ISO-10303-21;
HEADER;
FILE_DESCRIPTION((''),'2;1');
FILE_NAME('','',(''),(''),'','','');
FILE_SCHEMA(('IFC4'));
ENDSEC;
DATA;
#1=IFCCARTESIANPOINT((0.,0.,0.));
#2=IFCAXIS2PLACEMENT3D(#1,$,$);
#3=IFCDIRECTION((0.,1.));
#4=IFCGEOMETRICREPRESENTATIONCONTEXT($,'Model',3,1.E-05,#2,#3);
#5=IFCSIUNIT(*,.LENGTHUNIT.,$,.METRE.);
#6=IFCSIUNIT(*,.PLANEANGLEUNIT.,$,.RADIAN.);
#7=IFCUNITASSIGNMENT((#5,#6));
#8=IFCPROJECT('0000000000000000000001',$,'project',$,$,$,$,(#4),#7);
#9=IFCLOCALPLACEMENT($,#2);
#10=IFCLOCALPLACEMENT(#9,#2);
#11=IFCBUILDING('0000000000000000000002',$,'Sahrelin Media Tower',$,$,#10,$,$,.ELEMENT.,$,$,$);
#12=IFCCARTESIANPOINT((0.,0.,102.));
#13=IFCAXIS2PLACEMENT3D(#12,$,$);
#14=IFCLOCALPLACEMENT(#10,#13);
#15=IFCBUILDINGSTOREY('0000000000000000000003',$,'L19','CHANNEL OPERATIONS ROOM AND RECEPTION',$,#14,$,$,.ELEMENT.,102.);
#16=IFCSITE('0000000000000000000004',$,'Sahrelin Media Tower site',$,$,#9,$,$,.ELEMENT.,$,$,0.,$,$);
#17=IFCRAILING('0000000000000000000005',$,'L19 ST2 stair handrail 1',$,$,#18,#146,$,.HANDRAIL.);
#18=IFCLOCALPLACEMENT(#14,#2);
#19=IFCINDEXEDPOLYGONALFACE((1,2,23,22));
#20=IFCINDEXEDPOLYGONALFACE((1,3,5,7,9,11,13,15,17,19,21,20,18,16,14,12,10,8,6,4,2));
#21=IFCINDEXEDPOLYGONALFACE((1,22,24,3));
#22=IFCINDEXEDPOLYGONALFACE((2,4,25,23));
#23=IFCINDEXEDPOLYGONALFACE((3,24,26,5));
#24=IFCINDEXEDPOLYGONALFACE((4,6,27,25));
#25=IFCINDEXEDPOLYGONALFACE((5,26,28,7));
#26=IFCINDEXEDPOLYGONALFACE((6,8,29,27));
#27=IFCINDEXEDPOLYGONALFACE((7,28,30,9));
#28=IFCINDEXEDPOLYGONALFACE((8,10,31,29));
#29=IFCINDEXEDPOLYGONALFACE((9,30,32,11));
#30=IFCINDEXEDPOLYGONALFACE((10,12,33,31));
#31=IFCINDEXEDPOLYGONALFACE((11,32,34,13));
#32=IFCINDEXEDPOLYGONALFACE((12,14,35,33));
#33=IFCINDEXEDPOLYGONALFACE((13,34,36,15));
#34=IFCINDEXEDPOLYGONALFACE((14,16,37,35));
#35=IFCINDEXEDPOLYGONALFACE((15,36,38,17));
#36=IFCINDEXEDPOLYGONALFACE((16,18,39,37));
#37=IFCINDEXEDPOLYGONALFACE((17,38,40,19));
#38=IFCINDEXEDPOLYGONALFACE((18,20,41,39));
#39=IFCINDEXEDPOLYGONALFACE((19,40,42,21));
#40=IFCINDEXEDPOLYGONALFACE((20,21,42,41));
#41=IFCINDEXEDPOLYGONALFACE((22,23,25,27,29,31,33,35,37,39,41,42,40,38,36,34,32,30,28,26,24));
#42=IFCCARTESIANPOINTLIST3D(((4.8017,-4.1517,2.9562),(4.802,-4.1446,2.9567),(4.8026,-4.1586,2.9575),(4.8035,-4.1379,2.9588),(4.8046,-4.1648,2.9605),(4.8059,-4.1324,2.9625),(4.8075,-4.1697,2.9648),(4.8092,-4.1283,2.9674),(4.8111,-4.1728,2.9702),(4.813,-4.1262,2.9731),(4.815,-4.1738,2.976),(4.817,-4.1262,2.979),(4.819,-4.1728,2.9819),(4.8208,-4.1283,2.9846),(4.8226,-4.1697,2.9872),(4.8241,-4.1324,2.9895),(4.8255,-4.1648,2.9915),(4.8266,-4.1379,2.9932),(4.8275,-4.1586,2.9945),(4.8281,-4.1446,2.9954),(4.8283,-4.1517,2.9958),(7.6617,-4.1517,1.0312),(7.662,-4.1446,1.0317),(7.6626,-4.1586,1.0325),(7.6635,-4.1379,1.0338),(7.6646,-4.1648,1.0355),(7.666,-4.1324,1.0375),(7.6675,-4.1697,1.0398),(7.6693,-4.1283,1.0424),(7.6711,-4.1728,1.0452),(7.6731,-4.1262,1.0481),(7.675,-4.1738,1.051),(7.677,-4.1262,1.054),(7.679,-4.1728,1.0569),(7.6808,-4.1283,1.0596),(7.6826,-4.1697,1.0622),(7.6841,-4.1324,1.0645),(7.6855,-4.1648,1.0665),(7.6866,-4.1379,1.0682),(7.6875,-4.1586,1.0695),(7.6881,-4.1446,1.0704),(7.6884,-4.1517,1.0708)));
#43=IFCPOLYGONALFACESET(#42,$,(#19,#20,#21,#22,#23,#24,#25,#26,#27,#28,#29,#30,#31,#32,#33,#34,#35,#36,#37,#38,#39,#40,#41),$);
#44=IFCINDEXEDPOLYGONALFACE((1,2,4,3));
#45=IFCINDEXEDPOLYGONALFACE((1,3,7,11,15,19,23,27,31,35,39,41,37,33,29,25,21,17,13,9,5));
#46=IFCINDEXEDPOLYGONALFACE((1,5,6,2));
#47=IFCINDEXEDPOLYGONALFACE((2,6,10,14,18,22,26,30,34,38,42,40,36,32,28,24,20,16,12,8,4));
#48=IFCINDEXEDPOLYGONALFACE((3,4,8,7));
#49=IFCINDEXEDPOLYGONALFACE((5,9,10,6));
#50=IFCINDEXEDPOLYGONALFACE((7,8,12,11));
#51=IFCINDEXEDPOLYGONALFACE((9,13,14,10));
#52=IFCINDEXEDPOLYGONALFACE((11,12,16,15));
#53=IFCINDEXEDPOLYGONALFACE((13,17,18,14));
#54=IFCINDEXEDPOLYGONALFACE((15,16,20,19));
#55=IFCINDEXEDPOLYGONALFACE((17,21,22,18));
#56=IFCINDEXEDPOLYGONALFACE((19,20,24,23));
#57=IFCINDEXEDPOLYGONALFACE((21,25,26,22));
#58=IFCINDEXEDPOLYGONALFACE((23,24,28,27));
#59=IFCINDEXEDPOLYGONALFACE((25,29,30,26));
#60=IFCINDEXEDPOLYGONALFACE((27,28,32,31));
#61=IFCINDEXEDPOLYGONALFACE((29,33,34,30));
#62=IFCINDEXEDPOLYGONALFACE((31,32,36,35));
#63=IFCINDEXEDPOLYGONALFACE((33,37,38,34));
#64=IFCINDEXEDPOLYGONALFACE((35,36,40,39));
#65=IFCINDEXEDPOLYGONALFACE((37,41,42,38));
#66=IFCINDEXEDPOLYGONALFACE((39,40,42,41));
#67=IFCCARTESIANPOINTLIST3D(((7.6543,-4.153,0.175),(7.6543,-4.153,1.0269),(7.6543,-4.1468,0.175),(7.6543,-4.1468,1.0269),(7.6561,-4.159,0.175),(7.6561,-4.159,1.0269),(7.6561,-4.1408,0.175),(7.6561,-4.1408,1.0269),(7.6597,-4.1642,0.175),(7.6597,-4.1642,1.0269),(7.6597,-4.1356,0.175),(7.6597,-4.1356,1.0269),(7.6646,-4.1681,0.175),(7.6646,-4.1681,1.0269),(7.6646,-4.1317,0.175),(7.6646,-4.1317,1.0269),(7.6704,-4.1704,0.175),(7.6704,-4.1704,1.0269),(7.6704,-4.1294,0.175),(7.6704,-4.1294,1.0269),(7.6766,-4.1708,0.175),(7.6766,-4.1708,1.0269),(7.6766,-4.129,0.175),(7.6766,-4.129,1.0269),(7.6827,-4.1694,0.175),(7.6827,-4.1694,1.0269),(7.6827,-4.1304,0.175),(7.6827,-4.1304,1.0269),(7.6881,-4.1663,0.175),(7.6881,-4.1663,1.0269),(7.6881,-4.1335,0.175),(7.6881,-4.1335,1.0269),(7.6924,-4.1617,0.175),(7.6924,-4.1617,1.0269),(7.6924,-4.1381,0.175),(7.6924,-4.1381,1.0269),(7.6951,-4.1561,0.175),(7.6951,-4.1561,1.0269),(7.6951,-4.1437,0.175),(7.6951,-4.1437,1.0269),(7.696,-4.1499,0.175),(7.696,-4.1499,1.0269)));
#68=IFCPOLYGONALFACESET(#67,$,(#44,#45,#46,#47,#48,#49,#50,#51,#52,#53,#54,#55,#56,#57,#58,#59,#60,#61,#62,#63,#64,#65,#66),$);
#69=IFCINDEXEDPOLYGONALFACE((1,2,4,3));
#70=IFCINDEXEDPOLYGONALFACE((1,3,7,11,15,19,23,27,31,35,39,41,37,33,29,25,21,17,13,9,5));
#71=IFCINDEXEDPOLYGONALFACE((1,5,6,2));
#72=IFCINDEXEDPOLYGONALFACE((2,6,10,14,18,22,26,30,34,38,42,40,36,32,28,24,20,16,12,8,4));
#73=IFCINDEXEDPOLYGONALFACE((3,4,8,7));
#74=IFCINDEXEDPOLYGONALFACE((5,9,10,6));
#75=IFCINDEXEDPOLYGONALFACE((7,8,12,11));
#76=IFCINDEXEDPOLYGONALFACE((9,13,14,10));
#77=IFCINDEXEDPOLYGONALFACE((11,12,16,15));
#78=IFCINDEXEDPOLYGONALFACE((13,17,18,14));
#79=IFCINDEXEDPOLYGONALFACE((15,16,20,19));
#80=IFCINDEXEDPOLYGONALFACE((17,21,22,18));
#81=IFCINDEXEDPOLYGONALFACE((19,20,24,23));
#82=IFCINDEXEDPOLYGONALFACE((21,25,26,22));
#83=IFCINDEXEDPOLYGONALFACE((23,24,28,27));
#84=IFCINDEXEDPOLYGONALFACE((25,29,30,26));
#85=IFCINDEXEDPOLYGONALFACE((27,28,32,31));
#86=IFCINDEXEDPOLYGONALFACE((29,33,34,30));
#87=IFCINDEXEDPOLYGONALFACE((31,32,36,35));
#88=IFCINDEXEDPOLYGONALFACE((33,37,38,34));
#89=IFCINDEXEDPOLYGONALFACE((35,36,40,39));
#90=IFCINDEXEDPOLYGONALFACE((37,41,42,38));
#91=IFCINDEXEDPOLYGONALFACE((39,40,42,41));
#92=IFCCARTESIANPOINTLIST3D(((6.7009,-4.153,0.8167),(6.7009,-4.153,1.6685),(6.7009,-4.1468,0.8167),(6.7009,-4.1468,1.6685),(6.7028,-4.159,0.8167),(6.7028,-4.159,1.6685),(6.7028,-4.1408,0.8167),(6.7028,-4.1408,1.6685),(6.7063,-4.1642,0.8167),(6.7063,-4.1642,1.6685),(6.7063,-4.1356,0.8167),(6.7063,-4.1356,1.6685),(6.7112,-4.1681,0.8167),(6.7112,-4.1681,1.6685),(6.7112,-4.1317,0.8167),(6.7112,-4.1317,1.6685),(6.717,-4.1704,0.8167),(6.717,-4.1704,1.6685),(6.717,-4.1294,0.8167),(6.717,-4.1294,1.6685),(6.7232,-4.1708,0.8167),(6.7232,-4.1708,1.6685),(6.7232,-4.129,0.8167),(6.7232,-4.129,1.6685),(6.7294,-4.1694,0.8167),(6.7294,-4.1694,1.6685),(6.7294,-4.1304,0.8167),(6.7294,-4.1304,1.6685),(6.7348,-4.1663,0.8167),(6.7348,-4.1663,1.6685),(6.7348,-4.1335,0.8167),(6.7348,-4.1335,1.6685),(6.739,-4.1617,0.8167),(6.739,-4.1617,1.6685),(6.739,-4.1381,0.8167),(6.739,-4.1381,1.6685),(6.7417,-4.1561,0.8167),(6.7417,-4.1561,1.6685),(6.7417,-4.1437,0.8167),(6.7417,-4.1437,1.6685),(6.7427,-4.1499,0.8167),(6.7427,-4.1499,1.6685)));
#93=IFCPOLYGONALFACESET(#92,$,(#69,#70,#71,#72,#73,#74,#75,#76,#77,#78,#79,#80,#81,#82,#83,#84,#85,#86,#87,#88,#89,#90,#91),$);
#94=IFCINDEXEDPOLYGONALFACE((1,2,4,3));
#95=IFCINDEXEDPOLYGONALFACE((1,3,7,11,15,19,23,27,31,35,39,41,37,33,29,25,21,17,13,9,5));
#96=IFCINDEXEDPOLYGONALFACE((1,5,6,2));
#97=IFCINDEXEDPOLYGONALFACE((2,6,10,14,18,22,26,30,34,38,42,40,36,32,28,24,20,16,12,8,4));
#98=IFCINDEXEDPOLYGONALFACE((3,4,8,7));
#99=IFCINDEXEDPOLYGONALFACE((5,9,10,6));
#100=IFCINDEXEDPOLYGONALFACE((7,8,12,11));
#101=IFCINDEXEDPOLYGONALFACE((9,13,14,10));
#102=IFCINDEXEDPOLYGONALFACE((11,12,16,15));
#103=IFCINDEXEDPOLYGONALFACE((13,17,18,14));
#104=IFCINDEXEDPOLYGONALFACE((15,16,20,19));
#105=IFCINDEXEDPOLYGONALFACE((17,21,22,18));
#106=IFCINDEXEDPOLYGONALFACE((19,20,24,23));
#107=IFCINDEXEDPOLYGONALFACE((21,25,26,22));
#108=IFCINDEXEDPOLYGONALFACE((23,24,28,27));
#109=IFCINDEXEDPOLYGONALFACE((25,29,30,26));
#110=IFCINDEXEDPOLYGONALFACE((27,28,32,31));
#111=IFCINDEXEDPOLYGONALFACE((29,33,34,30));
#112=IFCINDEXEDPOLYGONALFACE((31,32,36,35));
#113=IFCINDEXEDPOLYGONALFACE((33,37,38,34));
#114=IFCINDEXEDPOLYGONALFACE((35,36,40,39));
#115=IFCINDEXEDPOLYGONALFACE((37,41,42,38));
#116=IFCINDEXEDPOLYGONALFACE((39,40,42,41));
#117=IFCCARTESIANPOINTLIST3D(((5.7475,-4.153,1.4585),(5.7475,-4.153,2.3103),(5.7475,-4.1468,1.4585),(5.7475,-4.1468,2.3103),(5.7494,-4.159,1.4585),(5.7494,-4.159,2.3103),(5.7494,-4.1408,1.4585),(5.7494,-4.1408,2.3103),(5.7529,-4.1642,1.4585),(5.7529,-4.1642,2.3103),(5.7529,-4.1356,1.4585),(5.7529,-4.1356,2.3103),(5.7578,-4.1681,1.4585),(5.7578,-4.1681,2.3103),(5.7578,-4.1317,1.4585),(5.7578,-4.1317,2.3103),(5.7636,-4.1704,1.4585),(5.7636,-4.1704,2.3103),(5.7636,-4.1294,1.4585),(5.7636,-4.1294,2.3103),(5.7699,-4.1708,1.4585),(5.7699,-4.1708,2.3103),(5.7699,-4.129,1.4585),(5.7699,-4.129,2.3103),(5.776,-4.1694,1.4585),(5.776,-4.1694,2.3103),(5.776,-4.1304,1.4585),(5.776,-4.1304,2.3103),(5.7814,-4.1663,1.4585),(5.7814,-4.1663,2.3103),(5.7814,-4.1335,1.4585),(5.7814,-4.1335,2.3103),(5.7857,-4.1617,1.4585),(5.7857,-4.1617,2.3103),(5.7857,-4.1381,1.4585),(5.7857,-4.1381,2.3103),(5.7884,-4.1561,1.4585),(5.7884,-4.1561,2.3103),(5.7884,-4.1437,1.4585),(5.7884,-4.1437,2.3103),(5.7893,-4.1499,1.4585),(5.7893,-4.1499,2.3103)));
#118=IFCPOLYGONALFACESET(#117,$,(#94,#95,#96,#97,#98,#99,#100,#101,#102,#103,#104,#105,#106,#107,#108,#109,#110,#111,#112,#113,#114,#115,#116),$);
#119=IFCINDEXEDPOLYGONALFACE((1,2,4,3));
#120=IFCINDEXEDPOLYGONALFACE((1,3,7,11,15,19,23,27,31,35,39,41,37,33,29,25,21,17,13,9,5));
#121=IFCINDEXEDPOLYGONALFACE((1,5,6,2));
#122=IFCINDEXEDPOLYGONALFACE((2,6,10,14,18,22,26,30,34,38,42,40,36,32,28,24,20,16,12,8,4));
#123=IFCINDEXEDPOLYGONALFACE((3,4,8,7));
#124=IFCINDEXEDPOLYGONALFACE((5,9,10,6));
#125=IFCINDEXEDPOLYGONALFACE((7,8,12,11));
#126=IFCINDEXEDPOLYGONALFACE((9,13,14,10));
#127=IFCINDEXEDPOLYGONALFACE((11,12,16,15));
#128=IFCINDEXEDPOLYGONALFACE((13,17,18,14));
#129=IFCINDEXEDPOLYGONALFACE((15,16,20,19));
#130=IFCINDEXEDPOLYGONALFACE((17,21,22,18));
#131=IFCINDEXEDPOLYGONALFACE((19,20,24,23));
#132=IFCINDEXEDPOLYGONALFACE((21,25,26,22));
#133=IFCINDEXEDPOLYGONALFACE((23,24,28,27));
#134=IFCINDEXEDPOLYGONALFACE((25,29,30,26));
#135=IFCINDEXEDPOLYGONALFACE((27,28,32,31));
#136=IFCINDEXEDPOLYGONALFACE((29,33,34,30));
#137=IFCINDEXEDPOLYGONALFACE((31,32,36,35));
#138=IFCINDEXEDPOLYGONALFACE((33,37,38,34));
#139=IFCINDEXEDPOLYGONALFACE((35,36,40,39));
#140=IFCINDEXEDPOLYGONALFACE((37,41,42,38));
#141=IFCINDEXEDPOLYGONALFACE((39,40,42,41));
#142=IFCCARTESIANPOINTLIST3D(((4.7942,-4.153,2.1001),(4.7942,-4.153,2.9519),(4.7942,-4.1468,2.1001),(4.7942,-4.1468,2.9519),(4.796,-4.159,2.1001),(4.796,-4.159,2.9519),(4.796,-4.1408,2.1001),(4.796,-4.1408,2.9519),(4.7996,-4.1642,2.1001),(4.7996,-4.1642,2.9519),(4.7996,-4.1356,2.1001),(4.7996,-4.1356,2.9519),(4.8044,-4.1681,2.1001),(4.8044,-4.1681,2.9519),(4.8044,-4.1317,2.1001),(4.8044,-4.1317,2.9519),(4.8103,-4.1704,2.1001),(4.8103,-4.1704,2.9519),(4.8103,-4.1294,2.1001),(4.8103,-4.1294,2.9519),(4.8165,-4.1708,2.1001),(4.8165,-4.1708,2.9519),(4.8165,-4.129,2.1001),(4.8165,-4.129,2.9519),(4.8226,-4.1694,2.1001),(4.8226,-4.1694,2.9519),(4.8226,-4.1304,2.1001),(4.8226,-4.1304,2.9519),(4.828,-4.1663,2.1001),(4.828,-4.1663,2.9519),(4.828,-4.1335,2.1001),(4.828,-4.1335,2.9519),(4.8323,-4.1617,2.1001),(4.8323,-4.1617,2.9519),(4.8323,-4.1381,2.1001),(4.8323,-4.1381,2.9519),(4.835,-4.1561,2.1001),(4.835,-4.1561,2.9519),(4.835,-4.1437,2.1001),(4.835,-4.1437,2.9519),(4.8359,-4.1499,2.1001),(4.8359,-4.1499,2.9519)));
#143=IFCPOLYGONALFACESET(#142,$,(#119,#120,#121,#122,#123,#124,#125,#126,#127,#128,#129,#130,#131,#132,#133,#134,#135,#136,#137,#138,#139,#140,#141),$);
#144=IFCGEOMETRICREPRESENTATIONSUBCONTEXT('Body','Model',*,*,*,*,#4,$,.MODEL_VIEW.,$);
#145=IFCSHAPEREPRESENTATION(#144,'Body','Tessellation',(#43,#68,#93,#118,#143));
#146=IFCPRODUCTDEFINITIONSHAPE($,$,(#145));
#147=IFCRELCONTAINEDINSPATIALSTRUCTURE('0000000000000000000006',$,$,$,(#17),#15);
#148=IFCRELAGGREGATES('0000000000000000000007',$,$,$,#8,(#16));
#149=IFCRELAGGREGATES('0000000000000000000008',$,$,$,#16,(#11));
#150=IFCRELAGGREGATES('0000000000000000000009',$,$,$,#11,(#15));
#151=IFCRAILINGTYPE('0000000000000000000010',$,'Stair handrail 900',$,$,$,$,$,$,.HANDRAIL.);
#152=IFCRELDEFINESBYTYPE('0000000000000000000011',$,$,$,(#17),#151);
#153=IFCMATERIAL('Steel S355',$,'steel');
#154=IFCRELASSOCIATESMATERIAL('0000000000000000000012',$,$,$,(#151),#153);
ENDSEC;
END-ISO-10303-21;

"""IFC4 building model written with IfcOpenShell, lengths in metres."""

from ifc_helpers import new_model, si_unit, direction, frame, origin, origin_2d, place, context, subcontext, project, spatial, circle, extrude, material, type_object, element, save


model = new_model("IFC4")

# Units and contexts
model_context = context("Model", 3, precision=1e-05, world=origin(), true_north=direction((0.0, 1.0)))
body_context = subcontext(model_context, "Body", "Model", "MODEL_VIEW")
ifc_project = project(units=[si_unit("LENGTHUNIT", "METRE"), si_unit("PLANEANGLEUNIT", "RADIAN")], contexts=[model_context])

# Site, building, storey
site_placement = place(None, origin())
site = spatial("IfcSite", under=ifc_project, at=site_placement, Name="Sahrelin Media Tower site", CompositionType="ELEMENT", RefElevation=0.0)
building_placement = place(site_placement, origin())
building = spatial("IfcBuilding", under=site, at=building_placement, Name="Sahrelin Media Tower", CompositionType="ELEMENT")
storey_placement = place(building_placement, frame((0.0, 0.0, 102.0)))
storey = spatial("IfcBuildingStorey", under=building, at=storey_placement, Name="L19", Description="CHANNEL OPERATIONS ROOM AND RECEPTION", CompositionType="ELEMENT", Elevation=102.0)

# Shared definitions
ifc_material_1 = material(Name="Steel S355", Category="steel")

# Railing
railing_type_1 = type_object("IfcRailingType", Name="Stair handrail 900", PredefinedType="HANDRAIL", material=ifc_material_1)
railing_1_placement = place(storey_placement, frame((7.675, -4.1499, 0.175)))
element("IfcRailing", 1, at=railing_1_placement, inside=storey, type_object=railing_type_1, Name="L19 ST2 stair handrail 1", PredefinedType="HANDRAIL", context=body_context, shape_type="SweptSolid", body=[
    extrude(circle(Radius=0.0239, at=origin_2d()), frame((0.0, 0.0, 0.876), z_axis=(-0.829591, 0.0, 0.558372), x_axis=(0.0, -1.0, 0.0)), (0.0, 0.0, 1.0), 3.4475),
    extrude(circle(Radius=0.021, at=origin_2d()), origin(), (0.0, 0.0, 1.0), 0.8518),
    extrude(circle(Radius=0.021, at=origin_2d()), frame((-0.9534, 0.0, 0.6416)), (0.0, 0.0, 1.0), 0.8518),
    extrude(circle(Radius=0.021, at=origin_2d()), frame((-1.9067, 0.0, 1.2834)), (0.0, 0.0, 1.0), 0.8518),
    extrude(circle(Radius=0.021, at=origin_2d()), frame((-2.8601, 0.0, 1.925)), (0.0, 0.0, 1.0), 0.8518),
])

save(model, "model.ifc")
